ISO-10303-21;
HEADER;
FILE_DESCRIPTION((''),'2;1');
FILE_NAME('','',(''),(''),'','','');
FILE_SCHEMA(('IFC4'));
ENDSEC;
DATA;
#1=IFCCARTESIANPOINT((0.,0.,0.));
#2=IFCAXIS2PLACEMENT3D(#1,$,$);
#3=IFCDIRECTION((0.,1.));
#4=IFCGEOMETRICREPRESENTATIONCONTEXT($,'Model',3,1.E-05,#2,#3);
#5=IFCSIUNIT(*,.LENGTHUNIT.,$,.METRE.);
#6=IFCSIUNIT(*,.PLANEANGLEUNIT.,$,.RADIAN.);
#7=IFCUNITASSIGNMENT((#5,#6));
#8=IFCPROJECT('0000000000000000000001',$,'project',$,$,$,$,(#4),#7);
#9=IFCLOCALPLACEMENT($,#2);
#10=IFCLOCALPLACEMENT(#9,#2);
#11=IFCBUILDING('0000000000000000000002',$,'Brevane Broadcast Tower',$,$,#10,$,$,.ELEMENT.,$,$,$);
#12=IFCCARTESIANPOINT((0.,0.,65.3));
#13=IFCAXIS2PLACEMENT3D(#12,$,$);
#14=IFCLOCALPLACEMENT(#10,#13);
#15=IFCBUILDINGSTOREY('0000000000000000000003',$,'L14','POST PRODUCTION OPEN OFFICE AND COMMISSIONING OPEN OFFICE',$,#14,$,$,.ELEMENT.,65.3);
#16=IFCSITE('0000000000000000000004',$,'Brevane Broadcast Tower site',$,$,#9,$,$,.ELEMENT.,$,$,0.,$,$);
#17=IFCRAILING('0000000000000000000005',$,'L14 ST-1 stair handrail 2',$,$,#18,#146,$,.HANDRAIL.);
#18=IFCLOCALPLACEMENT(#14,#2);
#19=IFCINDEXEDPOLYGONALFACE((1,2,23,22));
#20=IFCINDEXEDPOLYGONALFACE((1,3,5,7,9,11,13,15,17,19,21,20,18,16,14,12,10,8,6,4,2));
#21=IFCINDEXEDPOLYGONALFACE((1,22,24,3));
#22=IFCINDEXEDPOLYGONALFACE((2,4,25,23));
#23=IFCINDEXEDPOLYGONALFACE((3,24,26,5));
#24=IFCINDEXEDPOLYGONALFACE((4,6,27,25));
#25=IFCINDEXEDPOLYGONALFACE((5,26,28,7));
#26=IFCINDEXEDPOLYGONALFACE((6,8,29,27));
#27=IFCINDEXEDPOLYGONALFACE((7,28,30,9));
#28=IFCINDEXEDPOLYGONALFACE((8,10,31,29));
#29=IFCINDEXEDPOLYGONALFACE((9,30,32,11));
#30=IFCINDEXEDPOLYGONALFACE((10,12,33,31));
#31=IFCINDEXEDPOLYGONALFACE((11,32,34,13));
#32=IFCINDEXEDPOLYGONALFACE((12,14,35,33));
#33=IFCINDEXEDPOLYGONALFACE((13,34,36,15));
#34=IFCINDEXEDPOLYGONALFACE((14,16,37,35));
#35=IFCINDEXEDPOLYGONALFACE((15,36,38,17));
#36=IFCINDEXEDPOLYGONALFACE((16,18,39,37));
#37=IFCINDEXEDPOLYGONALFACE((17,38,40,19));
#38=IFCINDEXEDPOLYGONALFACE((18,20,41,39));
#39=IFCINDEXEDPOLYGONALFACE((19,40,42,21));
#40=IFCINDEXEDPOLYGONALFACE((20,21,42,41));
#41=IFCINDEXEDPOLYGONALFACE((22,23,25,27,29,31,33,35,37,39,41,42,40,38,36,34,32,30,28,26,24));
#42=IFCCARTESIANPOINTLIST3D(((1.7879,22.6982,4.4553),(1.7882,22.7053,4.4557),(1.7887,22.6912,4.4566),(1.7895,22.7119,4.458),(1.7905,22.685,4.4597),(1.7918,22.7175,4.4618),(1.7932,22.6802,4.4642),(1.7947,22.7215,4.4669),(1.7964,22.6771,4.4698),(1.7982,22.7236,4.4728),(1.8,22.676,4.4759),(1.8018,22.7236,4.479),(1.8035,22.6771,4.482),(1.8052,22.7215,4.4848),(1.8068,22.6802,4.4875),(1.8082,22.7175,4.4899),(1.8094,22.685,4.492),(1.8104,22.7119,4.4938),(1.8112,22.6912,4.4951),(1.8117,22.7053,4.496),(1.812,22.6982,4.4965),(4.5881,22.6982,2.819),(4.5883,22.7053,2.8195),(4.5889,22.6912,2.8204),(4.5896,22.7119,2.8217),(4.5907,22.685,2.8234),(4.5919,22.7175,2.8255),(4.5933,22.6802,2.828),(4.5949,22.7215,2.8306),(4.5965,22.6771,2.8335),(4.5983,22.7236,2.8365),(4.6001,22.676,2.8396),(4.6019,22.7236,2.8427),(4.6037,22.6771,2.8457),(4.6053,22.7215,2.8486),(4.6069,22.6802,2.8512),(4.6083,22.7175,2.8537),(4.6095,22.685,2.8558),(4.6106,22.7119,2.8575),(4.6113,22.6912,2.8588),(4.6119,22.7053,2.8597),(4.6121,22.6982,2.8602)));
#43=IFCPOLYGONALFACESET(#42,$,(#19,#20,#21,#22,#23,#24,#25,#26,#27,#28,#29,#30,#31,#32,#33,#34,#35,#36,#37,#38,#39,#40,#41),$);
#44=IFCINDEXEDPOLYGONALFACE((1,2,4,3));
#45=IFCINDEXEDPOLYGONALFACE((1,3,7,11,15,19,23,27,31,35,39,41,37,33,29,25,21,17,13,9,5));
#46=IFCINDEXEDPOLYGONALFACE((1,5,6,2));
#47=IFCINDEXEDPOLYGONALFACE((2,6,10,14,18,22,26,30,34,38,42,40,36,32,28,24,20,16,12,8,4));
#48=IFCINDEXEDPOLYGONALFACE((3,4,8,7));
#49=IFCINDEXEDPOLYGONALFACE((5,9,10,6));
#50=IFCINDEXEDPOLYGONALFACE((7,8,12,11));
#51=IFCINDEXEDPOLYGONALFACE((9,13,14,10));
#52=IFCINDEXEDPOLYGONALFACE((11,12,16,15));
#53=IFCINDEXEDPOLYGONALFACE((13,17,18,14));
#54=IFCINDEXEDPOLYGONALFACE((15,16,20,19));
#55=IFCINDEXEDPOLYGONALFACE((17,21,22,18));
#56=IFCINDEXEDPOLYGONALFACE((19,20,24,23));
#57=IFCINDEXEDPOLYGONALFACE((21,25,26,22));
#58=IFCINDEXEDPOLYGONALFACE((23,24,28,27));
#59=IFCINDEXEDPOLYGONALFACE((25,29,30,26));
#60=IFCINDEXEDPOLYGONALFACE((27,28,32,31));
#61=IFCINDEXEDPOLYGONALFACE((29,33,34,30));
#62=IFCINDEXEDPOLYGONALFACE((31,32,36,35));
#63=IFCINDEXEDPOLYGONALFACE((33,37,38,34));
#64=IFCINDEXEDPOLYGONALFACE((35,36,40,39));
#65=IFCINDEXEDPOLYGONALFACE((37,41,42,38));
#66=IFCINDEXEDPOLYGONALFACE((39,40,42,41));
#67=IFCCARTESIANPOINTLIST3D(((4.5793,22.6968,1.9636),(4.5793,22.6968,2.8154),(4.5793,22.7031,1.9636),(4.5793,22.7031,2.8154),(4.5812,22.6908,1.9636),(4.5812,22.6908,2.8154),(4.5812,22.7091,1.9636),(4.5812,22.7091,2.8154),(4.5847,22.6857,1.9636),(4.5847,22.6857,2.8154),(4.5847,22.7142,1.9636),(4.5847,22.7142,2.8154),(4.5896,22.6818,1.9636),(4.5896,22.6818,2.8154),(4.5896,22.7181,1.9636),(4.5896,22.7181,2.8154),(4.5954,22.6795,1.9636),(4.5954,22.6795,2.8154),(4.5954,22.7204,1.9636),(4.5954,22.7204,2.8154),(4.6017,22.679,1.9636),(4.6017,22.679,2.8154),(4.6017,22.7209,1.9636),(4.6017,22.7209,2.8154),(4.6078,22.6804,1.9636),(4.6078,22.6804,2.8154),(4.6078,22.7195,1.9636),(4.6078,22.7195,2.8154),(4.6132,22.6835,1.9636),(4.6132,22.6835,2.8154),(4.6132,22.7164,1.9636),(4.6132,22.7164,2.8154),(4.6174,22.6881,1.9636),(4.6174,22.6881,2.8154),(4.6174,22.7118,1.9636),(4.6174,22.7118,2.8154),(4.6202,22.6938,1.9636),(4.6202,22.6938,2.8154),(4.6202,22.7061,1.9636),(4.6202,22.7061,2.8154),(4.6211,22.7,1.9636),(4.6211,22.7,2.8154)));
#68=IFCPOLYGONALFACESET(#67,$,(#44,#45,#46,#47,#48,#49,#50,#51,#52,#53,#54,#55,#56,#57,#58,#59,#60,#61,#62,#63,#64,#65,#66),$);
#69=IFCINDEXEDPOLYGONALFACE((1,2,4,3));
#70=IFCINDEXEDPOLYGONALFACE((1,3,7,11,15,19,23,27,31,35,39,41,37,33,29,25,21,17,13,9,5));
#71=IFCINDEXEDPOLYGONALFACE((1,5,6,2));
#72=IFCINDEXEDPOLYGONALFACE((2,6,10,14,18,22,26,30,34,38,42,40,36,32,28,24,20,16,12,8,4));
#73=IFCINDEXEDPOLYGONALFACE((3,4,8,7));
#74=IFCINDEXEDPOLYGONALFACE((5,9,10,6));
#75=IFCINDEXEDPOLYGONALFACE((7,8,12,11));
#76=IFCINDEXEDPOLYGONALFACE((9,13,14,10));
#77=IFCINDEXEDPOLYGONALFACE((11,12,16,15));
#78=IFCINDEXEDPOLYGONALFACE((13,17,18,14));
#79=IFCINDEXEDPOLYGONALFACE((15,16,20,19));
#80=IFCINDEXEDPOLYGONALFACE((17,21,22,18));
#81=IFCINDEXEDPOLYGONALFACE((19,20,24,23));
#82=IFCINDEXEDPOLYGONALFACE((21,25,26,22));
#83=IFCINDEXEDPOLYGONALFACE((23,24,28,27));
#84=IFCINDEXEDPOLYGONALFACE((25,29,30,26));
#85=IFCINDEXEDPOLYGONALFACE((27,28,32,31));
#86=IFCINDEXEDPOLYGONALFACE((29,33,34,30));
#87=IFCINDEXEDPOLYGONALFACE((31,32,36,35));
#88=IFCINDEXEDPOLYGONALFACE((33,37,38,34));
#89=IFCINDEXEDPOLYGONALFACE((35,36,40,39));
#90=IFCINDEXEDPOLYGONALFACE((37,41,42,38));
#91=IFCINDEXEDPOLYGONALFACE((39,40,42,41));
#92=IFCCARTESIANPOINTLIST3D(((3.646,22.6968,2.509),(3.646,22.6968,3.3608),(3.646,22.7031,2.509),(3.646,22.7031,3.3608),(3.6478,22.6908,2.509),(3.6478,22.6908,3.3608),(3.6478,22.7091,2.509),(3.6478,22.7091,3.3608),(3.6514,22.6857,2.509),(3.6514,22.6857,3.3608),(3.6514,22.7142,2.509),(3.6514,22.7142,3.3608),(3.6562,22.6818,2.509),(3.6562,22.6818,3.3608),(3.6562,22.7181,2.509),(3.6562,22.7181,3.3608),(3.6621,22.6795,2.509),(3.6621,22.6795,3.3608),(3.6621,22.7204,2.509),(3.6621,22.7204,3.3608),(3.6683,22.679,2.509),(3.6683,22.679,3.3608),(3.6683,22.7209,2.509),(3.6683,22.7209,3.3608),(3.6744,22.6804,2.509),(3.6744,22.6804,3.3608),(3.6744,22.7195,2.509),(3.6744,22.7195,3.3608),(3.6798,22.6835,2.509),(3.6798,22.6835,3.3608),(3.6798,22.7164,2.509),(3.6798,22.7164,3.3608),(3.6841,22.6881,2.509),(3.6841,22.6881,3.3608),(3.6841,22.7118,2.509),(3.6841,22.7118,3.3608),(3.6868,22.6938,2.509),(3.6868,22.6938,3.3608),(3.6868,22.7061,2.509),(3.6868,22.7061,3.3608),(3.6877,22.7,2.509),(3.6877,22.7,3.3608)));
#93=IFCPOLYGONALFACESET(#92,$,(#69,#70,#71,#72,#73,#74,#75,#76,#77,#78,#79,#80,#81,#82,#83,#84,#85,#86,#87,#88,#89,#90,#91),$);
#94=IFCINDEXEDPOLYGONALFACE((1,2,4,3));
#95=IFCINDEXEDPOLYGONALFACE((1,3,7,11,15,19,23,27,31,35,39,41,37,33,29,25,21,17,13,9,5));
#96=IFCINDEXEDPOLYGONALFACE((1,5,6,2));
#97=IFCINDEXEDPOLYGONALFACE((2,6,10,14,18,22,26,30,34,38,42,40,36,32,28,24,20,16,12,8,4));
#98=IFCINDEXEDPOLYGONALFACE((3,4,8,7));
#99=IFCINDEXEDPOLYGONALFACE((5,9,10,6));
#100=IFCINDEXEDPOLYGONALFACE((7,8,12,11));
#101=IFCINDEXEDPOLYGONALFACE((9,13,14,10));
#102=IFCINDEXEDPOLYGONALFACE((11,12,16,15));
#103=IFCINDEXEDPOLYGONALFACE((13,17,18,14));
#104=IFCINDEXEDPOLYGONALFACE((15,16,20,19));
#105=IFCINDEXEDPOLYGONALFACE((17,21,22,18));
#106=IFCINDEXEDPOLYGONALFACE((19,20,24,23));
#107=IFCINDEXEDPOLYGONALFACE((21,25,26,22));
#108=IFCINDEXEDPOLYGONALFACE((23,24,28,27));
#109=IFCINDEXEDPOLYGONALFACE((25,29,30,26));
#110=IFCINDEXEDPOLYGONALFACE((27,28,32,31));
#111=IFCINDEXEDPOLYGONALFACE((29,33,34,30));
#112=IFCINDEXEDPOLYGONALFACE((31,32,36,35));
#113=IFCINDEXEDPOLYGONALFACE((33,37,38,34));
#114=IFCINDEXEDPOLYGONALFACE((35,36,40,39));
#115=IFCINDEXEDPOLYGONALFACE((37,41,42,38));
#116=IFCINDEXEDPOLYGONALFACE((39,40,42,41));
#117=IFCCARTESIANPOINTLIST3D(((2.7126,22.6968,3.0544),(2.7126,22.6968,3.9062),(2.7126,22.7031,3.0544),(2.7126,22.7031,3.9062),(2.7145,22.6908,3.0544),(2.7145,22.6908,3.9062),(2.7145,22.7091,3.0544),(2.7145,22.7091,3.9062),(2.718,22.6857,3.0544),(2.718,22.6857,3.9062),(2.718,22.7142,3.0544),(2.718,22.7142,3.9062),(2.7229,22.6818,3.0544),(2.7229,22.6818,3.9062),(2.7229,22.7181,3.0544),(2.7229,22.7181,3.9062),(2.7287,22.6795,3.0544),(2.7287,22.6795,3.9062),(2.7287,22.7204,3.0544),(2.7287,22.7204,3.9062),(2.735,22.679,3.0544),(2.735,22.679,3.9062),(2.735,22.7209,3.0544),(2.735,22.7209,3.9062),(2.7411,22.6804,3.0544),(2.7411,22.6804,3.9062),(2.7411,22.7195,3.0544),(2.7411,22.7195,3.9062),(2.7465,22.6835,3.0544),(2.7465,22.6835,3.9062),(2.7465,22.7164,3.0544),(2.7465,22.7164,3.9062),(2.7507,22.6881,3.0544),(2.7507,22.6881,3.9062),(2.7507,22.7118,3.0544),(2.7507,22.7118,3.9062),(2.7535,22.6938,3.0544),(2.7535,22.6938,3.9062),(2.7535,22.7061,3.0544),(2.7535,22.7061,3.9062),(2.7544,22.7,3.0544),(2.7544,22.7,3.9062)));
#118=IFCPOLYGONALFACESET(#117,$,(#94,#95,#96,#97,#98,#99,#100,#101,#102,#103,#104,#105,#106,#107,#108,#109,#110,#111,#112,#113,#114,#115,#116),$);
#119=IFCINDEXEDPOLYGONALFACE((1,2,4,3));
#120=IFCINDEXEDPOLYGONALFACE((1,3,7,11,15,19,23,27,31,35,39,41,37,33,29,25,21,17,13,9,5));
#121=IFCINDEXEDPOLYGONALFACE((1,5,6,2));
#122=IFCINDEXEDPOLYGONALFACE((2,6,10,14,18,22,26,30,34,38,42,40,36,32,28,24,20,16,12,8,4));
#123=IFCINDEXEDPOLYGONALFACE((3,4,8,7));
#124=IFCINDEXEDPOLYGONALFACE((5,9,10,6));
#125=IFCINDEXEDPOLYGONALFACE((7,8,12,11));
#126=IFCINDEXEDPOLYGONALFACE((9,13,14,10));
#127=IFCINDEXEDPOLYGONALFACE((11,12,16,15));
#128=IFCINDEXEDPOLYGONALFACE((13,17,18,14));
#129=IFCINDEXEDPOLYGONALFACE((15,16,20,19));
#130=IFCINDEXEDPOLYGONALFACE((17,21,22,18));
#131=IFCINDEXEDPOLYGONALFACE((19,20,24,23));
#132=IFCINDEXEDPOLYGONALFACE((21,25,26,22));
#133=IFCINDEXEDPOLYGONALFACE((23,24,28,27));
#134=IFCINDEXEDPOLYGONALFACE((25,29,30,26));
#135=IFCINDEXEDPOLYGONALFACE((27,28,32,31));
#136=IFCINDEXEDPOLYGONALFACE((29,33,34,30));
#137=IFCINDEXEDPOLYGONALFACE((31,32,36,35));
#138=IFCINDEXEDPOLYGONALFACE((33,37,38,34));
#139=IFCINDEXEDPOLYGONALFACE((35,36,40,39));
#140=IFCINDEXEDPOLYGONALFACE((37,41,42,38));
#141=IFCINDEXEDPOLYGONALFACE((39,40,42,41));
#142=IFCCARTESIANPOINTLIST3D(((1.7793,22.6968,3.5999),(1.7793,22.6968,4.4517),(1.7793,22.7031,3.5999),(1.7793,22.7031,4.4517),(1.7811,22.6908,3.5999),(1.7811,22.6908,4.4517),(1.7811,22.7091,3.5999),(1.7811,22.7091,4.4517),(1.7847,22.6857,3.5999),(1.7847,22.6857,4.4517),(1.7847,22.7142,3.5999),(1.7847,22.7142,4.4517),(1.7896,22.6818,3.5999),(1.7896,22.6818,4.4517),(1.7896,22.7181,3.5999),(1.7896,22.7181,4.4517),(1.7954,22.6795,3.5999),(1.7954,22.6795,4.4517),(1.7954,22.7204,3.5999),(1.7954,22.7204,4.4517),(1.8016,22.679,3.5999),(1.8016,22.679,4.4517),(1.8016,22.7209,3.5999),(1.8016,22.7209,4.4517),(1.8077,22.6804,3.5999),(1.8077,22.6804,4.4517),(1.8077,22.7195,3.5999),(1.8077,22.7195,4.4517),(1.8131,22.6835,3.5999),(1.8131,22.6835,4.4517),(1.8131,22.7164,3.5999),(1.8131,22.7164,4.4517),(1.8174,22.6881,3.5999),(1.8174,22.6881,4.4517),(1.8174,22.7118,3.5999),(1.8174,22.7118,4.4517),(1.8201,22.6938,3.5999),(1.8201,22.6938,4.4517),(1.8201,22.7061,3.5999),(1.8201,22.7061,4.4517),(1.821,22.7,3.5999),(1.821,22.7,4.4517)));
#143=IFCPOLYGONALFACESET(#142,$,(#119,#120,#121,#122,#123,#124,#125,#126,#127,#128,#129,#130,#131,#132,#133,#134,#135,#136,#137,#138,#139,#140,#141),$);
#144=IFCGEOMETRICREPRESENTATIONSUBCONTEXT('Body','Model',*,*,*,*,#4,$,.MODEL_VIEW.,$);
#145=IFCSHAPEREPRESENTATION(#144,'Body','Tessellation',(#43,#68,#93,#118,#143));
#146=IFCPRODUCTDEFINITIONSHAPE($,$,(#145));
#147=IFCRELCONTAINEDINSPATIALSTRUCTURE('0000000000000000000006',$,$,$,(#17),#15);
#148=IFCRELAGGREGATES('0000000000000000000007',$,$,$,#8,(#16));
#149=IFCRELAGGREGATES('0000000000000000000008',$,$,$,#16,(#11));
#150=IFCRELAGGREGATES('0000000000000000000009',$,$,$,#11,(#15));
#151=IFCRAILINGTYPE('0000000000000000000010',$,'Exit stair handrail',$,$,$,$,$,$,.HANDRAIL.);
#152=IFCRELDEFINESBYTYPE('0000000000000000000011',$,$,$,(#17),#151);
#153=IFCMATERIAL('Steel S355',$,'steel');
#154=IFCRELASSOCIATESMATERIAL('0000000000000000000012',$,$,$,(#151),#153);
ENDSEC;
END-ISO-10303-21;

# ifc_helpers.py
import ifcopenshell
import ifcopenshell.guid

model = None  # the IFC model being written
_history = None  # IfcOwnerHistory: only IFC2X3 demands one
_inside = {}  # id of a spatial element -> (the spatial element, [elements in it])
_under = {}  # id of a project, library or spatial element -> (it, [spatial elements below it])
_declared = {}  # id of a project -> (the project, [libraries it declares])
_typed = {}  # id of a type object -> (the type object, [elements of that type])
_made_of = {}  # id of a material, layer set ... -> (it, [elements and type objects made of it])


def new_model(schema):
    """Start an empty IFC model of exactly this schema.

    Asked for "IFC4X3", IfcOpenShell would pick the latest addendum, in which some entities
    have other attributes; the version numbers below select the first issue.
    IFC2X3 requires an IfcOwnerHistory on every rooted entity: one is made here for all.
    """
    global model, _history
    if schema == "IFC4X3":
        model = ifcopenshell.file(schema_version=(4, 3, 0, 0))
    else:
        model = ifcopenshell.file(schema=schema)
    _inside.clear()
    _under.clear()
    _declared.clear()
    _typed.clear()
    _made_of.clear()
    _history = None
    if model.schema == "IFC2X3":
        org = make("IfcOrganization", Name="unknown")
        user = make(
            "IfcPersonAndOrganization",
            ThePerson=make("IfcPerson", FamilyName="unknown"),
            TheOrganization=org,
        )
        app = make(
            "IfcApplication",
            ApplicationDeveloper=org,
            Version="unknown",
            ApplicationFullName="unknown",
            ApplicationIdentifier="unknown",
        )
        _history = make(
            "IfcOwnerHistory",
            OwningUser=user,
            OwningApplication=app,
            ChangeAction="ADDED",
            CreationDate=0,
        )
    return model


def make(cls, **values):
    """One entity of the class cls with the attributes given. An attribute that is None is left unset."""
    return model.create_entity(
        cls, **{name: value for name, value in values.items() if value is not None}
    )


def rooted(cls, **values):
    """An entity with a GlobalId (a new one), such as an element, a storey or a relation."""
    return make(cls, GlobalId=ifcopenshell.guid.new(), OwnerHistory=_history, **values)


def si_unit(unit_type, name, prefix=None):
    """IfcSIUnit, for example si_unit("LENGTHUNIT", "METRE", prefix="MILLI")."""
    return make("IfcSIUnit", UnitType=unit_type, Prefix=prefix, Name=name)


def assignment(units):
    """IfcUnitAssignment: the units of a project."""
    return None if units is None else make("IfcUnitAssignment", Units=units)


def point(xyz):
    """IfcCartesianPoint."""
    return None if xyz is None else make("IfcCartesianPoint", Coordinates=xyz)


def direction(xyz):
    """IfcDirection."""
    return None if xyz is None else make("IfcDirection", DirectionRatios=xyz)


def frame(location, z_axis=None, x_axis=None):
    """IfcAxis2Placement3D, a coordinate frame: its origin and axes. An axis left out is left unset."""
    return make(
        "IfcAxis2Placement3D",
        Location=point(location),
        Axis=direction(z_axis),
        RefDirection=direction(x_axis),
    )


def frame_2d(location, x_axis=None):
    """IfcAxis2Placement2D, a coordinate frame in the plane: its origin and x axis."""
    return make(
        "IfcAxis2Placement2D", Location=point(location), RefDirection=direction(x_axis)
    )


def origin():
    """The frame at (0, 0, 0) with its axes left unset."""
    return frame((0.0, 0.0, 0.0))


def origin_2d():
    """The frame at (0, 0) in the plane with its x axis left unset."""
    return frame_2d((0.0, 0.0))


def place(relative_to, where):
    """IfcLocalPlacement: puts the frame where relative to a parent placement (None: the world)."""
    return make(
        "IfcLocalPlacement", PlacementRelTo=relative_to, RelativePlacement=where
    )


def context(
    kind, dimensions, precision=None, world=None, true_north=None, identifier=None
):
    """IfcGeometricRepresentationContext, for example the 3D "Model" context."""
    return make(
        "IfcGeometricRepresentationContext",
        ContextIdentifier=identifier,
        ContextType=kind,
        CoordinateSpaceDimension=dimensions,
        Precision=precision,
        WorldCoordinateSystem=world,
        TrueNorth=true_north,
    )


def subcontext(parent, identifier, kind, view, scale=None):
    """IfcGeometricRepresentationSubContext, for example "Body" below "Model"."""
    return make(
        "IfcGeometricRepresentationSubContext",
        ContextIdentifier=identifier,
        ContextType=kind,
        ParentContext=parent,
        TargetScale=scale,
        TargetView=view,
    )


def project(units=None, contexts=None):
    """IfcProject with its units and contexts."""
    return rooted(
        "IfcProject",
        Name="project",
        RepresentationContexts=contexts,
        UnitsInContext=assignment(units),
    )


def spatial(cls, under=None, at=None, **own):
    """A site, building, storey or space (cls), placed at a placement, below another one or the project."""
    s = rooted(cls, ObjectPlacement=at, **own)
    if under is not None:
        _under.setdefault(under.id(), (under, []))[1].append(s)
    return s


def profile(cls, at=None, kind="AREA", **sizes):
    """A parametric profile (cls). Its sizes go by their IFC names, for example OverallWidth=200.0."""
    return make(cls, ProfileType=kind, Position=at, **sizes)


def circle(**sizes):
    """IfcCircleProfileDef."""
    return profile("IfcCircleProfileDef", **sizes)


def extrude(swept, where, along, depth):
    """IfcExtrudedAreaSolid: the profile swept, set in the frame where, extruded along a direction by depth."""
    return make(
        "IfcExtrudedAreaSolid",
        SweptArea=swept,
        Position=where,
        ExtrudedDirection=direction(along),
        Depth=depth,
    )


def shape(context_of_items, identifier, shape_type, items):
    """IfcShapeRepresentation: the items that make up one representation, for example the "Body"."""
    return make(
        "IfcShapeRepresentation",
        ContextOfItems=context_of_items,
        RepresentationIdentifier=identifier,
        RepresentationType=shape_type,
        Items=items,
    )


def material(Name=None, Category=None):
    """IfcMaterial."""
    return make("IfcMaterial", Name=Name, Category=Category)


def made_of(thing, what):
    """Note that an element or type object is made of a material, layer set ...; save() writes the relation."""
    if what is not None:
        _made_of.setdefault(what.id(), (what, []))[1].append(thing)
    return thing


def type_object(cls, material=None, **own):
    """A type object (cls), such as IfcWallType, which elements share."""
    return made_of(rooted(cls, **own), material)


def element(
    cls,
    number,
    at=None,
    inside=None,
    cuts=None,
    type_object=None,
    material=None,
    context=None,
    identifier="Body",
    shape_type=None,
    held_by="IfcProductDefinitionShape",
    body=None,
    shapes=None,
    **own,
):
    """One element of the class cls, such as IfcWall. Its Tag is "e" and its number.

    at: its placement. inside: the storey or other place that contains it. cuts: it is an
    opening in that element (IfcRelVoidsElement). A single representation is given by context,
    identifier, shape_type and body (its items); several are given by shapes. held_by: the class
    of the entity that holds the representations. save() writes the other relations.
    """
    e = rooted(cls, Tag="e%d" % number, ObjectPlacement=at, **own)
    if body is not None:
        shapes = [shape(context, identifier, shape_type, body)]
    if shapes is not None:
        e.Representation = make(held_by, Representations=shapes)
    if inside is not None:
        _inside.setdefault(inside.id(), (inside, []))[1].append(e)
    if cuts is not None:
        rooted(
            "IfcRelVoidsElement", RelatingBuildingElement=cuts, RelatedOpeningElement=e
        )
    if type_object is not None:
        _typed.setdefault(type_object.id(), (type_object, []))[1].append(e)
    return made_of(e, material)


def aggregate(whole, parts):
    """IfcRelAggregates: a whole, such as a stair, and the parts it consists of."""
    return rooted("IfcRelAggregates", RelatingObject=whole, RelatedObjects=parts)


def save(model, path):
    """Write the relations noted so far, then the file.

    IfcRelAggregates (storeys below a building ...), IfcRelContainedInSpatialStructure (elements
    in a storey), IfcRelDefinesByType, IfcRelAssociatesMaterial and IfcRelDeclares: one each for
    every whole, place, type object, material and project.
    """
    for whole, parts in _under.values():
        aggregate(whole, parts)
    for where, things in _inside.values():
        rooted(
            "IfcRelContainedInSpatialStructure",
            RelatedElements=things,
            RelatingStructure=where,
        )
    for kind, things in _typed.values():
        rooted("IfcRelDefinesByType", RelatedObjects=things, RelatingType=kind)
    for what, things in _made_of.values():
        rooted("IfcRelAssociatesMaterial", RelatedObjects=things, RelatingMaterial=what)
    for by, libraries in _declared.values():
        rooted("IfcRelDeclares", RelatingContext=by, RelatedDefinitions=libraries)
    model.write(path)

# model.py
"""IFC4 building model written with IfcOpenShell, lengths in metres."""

from ifc_helpers import new_model, si_unit, direction, frame, origin, origin_2d, place, context, subcontext, project, spatial, circle, extrude, material, type_object, element, save


model = new_model("IFC4")

# Units and contexts
model_context = context("Model", 3, precision=1e-05, world=origin(), true_north=direction((0.0, 1.0)))
body_context = subcontext(model_context, "Body", "Model", "MODEL_VIEW")
ifc_project = project(units=[si_unit("LENGTHUNIT", "METRE"), si_unit("PLANEANGLEUNIT", "RADIAN")], contexts=[model_context])

# Site, building, storey
site_placement = place(None, origin())
site = spatial("IfcSite", under=ifc_project, at=site_placement, Name="Brevane Broadcast Tower site", CompositionType="ELEMENT", RefElevation=0.0)
building_placement = place(site_placement, origin())
building = spatial("IfcBuilding", under=site, at=building_placement, Name="Brevane Broadcast Tower", CompositionType="ELEMENT")
storey_placement = place(building_placement, frame((0.0, 0.0, 65.3)))
storey = spatial("IfcBuildingStorey", under=building, at=storey_placement, Name="L14", Description="POST PRODUCTION OPEN OFFICE AND COMMISSIONING OPEN OFFICE", CompositionType="ELEMENT", Elevation=65.3)

# Railing
ifc_material_1 = material(Name="Steel S355", Category="steel")
railing_type_1 = type_object("IfcRailingType", Name="Exit stair handrail", PredefinedType="HANDRAIL", material=ifc_material_1)
railing_1_placement = place(storey_placement, frame((4.6001, 22.7, 1.9636)))
element("IfcRailing", 1, at=railing_1_placement, inside=storey, type_object=railing_type_1, Name="L14 ST-1 stair handrail 2", PredefinedType="HANDRAIL", context=body_context, shape_type="SweptSolid", body=[
    extrude(circle(Radius=0.0239, at=origin_2d()), frame((0.0, 0.0, 0.876), z_axis=(-0.863394, 0.0, 0.504531), x_axis=(0.0, -1.0, 0.0)), (0.0, 0.0, 1.0), 3.2432),
    extrude(circle(Radius=0.021, at=origin_2d()), origin(), (0.0, 0.0, 1.0), 0.8518),
    extrude(circle(Radius=0.021, at=origin_2d()), frame((-0.9333, 0.0, 0.5454)), (0.0, 0.0, 1.0), 0.8518),
    extrude(circle(Radius=0.021, at=origin_2d()), frame((-1.8667, 0.0, 1.0908)), (0.0, 0.0, 1.0), 0.8518),
    extrude(circle(Radius=0.021, at=origin_2d()), frame((-2.8, 0.0, 1.6362)), (0.0, 0.0, 1.0), 0.8518),
])

save(model, "model.ifc")
